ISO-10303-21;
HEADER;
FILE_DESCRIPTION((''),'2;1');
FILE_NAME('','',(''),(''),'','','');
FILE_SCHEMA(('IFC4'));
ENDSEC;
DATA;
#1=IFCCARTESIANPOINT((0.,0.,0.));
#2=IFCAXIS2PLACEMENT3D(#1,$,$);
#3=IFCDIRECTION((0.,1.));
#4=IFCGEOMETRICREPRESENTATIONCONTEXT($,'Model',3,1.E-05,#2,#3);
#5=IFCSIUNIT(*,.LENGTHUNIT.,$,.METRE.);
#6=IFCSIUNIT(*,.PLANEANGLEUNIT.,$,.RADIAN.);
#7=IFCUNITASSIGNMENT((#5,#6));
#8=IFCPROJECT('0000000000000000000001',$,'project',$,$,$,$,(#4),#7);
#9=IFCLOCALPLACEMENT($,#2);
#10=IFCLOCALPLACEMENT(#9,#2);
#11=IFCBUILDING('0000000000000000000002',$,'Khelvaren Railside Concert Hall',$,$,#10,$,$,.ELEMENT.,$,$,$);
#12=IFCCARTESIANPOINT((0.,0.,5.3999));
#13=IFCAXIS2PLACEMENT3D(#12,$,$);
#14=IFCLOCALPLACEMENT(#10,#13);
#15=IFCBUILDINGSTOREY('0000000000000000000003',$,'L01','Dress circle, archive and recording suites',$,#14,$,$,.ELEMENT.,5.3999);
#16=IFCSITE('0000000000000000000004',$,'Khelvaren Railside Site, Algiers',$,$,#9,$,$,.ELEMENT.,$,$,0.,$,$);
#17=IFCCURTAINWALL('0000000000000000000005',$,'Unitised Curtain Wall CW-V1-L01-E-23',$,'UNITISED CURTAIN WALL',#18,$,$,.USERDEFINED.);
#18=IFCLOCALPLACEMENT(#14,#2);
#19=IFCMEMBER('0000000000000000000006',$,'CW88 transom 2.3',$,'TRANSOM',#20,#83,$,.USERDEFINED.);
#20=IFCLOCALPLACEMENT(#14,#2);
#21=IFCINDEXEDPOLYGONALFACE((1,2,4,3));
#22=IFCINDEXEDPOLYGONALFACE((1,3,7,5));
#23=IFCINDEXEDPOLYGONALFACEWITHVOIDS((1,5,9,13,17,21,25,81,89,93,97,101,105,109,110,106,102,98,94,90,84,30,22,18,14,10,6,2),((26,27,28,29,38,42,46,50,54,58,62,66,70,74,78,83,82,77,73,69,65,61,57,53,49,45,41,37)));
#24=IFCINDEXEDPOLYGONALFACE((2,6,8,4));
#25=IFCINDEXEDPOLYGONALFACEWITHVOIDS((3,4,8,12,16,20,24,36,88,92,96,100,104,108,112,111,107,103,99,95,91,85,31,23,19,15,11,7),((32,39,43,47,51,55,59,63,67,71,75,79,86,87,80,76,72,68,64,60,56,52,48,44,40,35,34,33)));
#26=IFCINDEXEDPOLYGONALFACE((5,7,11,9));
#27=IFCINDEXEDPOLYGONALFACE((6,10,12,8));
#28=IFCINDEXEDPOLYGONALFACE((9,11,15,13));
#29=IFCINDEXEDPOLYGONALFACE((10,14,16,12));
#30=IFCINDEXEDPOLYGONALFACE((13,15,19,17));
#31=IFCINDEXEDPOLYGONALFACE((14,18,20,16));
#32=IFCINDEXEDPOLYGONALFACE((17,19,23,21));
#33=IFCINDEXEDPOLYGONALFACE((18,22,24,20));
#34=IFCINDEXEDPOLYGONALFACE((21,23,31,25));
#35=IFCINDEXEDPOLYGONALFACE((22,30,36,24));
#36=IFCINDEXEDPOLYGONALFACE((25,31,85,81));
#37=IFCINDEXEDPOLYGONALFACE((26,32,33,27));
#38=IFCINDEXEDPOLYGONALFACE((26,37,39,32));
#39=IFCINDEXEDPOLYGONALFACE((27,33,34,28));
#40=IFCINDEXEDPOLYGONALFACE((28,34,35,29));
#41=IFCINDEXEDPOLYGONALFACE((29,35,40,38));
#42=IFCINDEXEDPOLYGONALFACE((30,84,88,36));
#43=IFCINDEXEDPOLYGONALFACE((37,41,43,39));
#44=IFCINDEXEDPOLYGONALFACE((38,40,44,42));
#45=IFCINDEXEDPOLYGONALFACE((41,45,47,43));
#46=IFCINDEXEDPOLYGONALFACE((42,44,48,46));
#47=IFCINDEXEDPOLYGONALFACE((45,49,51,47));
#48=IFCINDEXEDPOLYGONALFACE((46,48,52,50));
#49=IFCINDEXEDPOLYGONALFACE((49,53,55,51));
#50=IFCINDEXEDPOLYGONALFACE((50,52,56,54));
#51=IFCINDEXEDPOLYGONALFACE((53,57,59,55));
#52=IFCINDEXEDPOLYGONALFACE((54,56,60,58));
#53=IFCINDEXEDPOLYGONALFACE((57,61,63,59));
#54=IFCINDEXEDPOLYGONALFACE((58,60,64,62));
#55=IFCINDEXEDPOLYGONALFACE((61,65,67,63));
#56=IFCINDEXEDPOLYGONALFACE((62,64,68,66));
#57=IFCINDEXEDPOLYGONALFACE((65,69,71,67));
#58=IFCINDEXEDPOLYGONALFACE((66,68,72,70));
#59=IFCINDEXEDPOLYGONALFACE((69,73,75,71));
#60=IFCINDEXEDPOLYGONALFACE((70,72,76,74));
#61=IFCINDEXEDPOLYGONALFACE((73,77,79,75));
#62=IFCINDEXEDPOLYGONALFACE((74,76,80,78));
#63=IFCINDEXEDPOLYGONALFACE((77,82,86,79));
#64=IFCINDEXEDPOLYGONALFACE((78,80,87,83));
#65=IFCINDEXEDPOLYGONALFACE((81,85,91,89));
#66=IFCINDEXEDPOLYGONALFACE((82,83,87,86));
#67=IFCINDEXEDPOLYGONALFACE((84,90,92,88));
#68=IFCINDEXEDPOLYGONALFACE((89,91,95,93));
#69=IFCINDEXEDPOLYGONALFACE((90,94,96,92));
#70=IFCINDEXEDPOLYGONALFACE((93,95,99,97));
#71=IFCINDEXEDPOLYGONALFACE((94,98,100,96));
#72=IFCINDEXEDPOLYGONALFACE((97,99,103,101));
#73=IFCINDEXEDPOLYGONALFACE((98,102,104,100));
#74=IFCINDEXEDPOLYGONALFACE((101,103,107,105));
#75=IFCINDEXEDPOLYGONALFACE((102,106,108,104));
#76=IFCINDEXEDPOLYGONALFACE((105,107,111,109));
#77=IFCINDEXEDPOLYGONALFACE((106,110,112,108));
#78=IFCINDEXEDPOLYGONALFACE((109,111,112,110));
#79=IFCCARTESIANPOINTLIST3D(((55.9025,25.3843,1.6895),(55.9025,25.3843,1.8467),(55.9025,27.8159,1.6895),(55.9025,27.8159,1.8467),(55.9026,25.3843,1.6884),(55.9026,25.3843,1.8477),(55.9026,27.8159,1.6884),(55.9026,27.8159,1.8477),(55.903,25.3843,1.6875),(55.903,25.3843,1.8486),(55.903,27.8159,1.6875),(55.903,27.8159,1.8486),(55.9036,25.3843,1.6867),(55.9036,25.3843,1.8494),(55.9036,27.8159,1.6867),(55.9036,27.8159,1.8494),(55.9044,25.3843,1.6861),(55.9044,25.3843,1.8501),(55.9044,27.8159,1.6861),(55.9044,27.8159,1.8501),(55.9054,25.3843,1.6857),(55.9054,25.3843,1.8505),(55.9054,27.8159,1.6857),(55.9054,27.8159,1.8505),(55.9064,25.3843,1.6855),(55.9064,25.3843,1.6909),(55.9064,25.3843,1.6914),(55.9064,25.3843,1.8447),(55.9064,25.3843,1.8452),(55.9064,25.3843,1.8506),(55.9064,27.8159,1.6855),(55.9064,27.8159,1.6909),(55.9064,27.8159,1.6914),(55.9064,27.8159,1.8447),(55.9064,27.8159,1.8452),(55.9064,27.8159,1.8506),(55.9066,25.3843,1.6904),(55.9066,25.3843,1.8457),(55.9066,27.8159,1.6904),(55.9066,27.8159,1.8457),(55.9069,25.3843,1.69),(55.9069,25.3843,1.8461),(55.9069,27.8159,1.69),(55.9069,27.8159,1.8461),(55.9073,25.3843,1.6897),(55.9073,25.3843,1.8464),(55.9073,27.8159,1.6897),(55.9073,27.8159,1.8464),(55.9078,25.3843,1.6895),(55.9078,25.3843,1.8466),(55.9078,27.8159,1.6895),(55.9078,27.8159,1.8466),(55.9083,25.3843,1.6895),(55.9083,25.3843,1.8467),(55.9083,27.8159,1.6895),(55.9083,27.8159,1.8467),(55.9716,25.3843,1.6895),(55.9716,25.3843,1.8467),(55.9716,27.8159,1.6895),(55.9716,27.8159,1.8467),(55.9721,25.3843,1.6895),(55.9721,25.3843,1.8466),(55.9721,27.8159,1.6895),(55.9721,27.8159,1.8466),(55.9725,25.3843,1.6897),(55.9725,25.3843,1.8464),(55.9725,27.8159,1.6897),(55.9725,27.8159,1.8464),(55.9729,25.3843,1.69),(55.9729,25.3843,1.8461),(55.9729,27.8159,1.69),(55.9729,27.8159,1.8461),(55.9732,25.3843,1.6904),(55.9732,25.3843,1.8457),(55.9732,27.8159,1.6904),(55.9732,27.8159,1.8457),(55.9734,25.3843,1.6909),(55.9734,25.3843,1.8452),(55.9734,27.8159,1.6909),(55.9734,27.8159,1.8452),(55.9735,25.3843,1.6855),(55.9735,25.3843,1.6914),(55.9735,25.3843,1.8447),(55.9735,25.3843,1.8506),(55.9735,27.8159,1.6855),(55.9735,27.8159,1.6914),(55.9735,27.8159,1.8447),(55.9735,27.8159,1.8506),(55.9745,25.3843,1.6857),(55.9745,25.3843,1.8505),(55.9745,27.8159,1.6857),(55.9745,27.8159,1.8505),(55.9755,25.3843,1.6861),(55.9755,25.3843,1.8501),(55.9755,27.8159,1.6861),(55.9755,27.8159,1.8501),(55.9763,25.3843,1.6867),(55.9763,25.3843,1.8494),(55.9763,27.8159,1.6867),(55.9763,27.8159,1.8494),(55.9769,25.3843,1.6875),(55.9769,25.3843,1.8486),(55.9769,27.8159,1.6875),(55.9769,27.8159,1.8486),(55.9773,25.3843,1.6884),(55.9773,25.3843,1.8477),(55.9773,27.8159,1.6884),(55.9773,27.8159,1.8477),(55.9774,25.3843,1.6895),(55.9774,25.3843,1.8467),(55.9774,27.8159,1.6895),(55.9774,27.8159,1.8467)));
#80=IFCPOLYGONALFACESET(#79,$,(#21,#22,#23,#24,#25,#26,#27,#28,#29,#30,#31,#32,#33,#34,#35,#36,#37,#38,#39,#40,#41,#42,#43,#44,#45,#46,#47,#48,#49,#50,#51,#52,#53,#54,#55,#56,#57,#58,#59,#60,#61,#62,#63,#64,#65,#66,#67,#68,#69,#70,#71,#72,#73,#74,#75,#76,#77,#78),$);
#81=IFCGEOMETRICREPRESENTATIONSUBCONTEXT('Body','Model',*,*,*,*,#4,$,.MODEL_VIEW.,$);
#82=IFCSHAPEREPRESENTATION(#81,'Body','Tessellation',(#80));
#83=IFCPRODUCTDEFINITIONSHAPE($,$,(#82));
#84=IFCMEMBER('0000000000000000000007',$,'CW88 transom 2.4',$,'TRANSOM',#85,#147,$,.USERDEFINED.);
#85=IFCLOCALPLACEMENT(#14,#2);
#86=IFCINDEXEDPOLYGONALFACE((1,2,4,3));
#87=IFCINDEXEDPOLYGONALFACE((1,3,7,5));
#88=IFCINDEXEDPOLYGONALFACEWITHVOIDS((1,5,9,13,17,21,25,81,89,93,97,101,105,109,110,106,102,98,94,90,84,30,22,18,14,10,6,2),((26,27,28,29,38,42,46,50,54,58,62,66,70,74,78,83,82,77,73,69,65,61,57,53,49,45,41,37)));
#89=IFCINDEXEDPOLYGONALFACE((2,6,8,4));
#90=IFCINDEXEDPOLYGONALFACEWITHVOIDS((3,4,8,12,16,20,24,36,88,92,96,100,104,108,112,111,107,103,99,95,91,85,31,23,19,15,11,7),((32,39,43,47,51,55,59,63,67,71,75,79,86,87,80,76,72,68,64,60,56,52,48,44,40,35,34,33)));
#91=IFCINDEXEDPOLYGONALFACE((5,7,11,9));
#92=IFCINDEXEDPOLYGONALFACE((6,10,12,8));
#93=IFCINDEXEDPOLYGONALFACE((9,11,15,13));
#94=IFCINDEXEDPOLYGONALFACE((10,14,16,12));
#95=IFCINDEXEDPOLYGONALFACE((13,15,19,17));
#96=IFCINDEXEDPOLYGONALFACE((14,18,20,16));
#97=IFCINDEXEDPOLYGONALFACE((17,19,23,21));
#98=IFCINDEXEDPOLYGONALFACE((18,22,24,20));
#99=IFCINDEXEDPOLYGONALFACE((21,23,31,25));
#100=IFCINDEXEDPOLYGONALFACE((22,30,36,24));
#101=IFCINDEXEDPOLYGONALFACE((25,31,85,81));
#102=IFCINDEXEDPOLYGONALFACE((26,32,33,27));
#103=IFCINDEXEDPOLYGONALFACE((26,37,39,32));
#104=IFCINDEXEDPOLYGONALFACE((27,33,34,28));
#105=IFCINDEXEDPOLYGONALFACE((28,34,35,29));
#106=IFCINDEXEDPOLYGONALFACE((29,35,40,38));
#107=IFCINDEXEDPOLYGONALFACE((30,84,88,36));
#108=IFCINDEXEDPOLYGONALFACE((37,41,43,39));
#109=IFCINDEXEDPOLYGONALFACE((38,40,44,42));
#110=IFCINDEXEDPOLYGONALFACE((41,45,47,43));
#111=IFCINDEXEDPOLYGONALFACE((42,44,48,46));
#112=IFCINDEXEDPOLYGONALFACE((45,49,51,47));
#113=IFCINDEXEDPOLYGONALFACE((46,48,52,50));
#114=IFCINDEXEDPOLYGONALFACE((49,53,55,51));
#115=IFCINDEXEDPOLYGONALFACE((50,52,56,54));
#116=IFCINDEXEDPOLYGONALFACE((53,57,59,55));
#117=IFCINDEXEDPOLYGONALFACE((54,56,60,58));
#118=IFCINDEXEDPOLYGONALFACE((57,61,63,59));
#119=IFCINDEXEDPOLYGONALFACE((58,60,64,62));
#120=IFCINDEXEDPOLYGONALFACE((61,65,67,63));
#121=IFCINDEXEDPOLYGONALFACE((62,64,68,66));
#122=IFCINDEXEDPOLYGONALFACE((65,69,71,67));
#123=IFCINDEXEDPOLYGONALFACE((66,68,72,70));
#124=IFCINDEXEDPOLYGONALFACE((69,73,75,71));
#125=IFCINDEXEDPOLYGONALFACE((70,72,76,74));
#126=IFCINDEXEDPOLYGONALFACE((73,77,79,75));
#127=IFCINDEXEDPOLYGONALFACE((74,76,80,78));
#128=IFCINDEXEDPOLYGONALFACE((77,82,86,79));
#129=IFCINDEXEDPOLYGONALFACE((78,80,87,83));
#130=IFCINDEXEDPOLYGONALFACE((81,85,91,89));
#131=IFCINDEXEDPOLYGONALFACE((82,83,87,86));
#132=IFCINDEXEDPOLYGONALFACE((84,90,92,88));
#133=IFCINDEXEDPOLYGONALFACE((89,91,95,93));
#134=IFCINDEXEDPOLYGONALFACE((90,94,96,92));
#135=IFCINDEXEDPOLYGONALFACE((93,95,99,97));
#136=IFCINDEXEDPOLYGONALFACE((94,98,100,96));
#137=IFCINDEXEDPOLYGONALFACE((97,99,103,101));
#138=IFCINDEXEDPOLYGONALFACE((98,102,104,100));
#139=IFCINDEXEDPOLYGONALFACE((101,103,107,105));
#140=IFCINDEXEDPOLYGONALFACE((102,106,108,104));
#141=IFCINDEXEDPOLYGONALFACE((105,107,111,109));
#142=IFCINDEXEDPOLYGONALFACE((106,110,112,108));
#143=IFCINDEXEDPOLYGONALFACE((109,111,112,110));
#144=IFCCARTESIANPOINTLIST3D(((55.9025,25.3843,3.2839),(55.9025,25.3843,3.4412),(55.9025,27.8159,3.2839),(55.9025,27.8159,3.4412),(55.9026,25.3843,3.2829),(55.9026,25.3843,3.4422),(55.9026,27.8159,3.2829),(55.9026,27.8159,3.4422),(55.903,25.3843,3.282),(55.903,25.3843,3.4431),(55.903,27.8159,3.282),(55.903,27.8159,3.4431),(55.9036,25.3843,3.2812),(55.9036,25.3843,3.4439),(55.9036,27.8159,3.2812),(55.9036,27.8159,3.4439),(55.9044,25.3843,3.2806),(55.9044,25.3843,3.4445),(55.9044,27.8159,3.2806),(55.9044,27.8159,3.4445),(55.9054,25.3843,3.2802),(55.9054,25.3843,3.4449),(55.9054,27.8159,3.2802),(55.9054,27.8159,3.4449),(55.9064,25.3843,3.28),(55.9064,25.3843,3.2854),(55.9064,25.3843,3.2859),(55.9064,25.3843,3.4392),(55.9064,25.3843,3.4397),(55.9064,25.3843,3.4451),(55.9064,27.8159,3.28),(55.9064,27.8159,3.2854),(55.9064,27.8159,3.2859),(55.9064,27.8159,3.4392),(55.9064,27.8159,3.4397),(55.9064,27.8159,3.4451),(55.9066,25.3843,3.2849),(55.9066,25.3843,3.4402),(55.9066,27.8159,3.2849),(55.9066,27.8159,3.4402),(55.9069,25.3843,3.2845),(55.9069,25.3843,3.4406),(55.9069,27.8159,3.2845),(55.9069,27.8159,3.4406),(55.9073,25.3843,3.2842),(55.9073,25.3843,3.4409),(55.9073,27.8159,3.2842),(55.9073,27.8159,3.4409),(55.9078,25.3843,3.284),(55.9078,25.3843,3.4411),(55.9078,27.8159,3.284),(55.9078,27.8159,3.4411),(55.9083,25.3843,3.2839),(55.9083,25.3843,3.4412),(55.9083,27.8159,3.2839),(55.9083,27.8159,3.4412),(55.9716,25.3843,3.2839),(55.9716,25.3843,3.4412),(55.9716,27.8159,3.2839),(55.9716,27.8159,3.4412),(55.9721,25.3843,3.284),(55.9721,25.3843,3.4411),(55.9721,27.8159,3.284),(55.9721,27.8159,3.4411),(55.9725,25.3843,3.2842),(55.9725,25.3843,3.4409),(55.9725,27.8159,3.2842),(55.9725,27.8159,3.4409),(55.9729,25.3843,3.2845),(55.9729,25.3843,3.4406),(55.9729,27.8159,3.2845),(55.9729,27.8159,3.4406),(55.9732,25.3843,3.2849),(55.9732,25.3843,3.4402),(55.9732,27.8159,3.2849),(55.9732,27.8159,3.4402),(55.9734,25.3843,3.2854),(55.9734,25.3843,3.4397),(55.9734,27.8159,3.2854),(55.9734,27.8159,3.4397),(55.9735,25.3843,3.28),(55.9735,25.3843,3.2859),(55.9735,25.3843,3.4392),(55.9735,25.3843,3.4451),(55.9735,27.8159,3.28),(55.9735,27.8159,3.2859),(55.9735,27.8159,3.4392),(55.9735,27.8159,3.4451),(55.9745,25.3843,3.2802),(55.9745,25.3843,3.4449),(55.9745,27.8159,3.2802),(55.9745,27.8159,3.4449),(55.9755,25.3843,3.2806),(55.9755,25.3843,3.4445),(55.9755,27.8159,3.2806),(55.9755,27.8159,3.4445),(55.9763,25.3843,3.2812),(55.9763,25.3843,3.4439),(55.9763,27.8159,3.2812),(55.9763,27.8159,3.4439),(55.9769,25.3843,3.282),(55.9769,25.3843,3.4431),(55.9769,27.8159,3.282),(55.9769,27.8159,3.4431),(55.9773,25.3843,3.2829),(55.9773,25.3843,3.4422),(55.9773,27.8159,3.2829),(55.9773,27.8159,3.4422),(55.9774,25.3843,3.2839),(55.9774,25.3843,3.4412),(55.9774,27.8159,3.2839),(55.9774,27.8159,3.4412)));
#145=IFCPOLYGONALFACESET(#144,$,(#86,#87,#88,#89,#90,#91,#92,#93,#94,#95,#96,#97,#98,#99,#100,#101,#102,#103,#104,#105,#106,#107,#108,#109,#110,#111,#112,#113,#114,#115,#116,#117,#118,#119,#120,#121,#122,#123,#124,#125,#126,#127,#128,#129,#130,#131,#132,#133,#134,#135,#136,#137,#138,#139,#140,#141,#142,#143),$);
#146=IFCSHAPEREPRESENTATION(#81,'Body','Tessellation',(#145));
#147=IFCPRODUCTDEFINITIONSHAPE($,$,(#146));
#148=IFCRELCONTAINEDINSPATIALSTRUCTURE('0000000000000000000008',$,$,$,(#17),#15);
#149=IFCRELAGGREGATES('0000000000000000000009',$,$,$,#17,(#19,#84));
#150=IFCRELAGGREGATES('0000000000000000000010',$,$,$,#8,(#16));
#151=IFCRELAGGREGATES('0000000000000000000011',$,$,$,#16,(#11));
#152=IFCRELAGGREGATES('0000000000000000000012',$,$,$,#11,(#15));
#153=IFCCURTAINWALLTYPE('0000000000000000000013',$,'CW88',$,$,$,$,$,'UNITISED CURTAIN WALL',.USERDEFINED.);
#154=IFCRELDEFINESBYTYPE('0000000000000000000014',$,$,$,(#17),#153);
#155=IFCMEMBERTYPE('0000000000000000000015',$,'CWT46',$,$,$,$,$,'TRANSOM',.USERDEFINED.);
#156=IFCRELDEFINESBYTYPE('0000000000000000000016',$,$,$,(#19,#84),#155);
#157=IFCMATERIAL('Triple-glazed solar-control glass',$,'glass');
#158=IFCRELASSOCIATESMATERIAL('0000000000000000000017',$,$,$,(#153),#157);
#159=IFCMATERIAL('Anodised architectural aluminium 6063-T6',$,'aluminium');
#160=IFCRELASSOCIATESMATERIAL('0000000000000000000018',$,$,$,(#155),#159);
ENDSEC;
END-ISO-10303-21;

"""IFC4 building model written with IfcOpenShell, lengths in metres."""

from ifc_helpers import new_model, si_unit, direction, frame, origin, origin_2d, place, context, subcontext, project, spatial, hollow_rectangle, extrude, material, material_profile, profile_set, type_object, element, aggregate, save


model = new_model("IFC4")

# Units and contexts
model_context = context("Model", 3, precision=1e-05, world=origin(), true_north=direction((0.0, 1.0)))
body_context = subcontext(model_context, "Body", "Model", "MODEL_VIEW")
ifc_project = project(units=[si_unit("LENGTHUNIT", "METRE"), si_unit("PLANEANGLEUNIT", "RADIAN")], contexts=[model_context])

# Site, building, storey
site_placement = place(None, origin())
site = spatial("IfcSite", under=ifc_project, at=site_placement, Name="Khelvaren Railside Site, Algiers", CompositionType="ELEMENT", RefElevation=0.0)
building_placement = place(site_placement, origin())
building = spatial("IfcBuilding", under=site, at=building_placement, Name="Khelvaren Railside Concert Hall", CompositionType="ELEMENT")
storey_placement = place(building_placement, frame((0.0, 0.0, 5.3999)))
storey = spatial("IfcBuildingStorey", under=building, at=storey_placement, Name="L01", Description="Dress circle, archive and recording suites", CompositionType="ELEMENT", Elevation=5.3999)

# Curtain wall
ifc_material_1 = material(Name="Triple-glazed solar-control glass", Category="glass")
curtain_wall_type_1 = type_object("IfcCurtainWallType", Name="CW88", ElementType="UNITISED CURTAIN WALL", PredefinedType="USERDEFINED", material=ifc_material_1)
curtain_wall_1_placement = place(storey_placement, origin())
curtain_wall_1 = element("IfcCurtainWall", 1, at=curtain_wall_1_placement, inside=storey, type_object=curtain_wall_type_1, Name="Unitised Curtain Wall CW-V1-L01-E-23", ObjectType="UNITISED CURTAIN WALL", PredefinedType="USERDEFINED")
ifc_material_2 = material(Name="Anodised architectural aluminium 6063-T6", Category="aluminium")

# Members
ifc_material_profile_1 = material_profile(ifc_material_2, hollow_rectangle(XDim=0.075, YDim=0.165, WallThickness=0.0039, InnerFilletRadius=0.002, OuterFilletRadius=0.0039, at=origin_2d()), Name="CWT 75x165x4")
ifc_profile_set_1 = profile_set([ifc_material_profile_1], Name="Anodised architectural aluminium 6063-T6")
member_type_1 = type_object("IfcMemberType", Name="CWT46", ElementType="TRANSOM", PredefinedType="USERDEFINED", material=ifc_profile_set_1)
member_1_placement = place(storey_placement, frame((55.9399, 27.8159, 1.7681), z_axis=(0.0, -1.0, 0.0), x_axis=(1.0, 0.0, 0.0)))
member_1 = element("IfcMember", 2, at=member_1_placement, type_object=member_type_1, Name="CW88 transom 2.3", ObjectType="TRANSOM", PredefinedType="USERDEFINED", context=body_context, shape_type="SweptSolid", body=[
    extrude(hollow_rectangle(XDim=0.075, YDim=0.165, WallThickness=0.0039, InnerFilletRadius=0.002, OuterFilletRadius=0.0039, at=origin_2d()), origin(), (0.0, 0.0, 1.0), 2.4316),
])
member_2_placement = place(storey_placement, frame((55.9399, 27.8159, 3.3625), z_axis=(0.0, -1.0, 0.0), x_axis=(1.0, 0.0, 0.0)))
member_2 = element("IfcMember", 3, at=member_2_placement, type_object=member_type_1, Name="CW88 transom 2.4", ObjectType="TRANSOM", PredefinedType="USERDEFINED", context=body_context, shape_type="SweptSolid", body=[
    extrude(hollow_rectangle(XDim=0.075, YDim=0.165, WallThickness=0.0039, InnerFilletRadius=0.002, OuterFilletRadius=0.0039, at=origin_2d()), origin(), (0.0, 0.0, 1.0), 2.4316),
])

aggregate(curtain_wall_1, [member_1, member_2])

save(model, "model.ifc")
